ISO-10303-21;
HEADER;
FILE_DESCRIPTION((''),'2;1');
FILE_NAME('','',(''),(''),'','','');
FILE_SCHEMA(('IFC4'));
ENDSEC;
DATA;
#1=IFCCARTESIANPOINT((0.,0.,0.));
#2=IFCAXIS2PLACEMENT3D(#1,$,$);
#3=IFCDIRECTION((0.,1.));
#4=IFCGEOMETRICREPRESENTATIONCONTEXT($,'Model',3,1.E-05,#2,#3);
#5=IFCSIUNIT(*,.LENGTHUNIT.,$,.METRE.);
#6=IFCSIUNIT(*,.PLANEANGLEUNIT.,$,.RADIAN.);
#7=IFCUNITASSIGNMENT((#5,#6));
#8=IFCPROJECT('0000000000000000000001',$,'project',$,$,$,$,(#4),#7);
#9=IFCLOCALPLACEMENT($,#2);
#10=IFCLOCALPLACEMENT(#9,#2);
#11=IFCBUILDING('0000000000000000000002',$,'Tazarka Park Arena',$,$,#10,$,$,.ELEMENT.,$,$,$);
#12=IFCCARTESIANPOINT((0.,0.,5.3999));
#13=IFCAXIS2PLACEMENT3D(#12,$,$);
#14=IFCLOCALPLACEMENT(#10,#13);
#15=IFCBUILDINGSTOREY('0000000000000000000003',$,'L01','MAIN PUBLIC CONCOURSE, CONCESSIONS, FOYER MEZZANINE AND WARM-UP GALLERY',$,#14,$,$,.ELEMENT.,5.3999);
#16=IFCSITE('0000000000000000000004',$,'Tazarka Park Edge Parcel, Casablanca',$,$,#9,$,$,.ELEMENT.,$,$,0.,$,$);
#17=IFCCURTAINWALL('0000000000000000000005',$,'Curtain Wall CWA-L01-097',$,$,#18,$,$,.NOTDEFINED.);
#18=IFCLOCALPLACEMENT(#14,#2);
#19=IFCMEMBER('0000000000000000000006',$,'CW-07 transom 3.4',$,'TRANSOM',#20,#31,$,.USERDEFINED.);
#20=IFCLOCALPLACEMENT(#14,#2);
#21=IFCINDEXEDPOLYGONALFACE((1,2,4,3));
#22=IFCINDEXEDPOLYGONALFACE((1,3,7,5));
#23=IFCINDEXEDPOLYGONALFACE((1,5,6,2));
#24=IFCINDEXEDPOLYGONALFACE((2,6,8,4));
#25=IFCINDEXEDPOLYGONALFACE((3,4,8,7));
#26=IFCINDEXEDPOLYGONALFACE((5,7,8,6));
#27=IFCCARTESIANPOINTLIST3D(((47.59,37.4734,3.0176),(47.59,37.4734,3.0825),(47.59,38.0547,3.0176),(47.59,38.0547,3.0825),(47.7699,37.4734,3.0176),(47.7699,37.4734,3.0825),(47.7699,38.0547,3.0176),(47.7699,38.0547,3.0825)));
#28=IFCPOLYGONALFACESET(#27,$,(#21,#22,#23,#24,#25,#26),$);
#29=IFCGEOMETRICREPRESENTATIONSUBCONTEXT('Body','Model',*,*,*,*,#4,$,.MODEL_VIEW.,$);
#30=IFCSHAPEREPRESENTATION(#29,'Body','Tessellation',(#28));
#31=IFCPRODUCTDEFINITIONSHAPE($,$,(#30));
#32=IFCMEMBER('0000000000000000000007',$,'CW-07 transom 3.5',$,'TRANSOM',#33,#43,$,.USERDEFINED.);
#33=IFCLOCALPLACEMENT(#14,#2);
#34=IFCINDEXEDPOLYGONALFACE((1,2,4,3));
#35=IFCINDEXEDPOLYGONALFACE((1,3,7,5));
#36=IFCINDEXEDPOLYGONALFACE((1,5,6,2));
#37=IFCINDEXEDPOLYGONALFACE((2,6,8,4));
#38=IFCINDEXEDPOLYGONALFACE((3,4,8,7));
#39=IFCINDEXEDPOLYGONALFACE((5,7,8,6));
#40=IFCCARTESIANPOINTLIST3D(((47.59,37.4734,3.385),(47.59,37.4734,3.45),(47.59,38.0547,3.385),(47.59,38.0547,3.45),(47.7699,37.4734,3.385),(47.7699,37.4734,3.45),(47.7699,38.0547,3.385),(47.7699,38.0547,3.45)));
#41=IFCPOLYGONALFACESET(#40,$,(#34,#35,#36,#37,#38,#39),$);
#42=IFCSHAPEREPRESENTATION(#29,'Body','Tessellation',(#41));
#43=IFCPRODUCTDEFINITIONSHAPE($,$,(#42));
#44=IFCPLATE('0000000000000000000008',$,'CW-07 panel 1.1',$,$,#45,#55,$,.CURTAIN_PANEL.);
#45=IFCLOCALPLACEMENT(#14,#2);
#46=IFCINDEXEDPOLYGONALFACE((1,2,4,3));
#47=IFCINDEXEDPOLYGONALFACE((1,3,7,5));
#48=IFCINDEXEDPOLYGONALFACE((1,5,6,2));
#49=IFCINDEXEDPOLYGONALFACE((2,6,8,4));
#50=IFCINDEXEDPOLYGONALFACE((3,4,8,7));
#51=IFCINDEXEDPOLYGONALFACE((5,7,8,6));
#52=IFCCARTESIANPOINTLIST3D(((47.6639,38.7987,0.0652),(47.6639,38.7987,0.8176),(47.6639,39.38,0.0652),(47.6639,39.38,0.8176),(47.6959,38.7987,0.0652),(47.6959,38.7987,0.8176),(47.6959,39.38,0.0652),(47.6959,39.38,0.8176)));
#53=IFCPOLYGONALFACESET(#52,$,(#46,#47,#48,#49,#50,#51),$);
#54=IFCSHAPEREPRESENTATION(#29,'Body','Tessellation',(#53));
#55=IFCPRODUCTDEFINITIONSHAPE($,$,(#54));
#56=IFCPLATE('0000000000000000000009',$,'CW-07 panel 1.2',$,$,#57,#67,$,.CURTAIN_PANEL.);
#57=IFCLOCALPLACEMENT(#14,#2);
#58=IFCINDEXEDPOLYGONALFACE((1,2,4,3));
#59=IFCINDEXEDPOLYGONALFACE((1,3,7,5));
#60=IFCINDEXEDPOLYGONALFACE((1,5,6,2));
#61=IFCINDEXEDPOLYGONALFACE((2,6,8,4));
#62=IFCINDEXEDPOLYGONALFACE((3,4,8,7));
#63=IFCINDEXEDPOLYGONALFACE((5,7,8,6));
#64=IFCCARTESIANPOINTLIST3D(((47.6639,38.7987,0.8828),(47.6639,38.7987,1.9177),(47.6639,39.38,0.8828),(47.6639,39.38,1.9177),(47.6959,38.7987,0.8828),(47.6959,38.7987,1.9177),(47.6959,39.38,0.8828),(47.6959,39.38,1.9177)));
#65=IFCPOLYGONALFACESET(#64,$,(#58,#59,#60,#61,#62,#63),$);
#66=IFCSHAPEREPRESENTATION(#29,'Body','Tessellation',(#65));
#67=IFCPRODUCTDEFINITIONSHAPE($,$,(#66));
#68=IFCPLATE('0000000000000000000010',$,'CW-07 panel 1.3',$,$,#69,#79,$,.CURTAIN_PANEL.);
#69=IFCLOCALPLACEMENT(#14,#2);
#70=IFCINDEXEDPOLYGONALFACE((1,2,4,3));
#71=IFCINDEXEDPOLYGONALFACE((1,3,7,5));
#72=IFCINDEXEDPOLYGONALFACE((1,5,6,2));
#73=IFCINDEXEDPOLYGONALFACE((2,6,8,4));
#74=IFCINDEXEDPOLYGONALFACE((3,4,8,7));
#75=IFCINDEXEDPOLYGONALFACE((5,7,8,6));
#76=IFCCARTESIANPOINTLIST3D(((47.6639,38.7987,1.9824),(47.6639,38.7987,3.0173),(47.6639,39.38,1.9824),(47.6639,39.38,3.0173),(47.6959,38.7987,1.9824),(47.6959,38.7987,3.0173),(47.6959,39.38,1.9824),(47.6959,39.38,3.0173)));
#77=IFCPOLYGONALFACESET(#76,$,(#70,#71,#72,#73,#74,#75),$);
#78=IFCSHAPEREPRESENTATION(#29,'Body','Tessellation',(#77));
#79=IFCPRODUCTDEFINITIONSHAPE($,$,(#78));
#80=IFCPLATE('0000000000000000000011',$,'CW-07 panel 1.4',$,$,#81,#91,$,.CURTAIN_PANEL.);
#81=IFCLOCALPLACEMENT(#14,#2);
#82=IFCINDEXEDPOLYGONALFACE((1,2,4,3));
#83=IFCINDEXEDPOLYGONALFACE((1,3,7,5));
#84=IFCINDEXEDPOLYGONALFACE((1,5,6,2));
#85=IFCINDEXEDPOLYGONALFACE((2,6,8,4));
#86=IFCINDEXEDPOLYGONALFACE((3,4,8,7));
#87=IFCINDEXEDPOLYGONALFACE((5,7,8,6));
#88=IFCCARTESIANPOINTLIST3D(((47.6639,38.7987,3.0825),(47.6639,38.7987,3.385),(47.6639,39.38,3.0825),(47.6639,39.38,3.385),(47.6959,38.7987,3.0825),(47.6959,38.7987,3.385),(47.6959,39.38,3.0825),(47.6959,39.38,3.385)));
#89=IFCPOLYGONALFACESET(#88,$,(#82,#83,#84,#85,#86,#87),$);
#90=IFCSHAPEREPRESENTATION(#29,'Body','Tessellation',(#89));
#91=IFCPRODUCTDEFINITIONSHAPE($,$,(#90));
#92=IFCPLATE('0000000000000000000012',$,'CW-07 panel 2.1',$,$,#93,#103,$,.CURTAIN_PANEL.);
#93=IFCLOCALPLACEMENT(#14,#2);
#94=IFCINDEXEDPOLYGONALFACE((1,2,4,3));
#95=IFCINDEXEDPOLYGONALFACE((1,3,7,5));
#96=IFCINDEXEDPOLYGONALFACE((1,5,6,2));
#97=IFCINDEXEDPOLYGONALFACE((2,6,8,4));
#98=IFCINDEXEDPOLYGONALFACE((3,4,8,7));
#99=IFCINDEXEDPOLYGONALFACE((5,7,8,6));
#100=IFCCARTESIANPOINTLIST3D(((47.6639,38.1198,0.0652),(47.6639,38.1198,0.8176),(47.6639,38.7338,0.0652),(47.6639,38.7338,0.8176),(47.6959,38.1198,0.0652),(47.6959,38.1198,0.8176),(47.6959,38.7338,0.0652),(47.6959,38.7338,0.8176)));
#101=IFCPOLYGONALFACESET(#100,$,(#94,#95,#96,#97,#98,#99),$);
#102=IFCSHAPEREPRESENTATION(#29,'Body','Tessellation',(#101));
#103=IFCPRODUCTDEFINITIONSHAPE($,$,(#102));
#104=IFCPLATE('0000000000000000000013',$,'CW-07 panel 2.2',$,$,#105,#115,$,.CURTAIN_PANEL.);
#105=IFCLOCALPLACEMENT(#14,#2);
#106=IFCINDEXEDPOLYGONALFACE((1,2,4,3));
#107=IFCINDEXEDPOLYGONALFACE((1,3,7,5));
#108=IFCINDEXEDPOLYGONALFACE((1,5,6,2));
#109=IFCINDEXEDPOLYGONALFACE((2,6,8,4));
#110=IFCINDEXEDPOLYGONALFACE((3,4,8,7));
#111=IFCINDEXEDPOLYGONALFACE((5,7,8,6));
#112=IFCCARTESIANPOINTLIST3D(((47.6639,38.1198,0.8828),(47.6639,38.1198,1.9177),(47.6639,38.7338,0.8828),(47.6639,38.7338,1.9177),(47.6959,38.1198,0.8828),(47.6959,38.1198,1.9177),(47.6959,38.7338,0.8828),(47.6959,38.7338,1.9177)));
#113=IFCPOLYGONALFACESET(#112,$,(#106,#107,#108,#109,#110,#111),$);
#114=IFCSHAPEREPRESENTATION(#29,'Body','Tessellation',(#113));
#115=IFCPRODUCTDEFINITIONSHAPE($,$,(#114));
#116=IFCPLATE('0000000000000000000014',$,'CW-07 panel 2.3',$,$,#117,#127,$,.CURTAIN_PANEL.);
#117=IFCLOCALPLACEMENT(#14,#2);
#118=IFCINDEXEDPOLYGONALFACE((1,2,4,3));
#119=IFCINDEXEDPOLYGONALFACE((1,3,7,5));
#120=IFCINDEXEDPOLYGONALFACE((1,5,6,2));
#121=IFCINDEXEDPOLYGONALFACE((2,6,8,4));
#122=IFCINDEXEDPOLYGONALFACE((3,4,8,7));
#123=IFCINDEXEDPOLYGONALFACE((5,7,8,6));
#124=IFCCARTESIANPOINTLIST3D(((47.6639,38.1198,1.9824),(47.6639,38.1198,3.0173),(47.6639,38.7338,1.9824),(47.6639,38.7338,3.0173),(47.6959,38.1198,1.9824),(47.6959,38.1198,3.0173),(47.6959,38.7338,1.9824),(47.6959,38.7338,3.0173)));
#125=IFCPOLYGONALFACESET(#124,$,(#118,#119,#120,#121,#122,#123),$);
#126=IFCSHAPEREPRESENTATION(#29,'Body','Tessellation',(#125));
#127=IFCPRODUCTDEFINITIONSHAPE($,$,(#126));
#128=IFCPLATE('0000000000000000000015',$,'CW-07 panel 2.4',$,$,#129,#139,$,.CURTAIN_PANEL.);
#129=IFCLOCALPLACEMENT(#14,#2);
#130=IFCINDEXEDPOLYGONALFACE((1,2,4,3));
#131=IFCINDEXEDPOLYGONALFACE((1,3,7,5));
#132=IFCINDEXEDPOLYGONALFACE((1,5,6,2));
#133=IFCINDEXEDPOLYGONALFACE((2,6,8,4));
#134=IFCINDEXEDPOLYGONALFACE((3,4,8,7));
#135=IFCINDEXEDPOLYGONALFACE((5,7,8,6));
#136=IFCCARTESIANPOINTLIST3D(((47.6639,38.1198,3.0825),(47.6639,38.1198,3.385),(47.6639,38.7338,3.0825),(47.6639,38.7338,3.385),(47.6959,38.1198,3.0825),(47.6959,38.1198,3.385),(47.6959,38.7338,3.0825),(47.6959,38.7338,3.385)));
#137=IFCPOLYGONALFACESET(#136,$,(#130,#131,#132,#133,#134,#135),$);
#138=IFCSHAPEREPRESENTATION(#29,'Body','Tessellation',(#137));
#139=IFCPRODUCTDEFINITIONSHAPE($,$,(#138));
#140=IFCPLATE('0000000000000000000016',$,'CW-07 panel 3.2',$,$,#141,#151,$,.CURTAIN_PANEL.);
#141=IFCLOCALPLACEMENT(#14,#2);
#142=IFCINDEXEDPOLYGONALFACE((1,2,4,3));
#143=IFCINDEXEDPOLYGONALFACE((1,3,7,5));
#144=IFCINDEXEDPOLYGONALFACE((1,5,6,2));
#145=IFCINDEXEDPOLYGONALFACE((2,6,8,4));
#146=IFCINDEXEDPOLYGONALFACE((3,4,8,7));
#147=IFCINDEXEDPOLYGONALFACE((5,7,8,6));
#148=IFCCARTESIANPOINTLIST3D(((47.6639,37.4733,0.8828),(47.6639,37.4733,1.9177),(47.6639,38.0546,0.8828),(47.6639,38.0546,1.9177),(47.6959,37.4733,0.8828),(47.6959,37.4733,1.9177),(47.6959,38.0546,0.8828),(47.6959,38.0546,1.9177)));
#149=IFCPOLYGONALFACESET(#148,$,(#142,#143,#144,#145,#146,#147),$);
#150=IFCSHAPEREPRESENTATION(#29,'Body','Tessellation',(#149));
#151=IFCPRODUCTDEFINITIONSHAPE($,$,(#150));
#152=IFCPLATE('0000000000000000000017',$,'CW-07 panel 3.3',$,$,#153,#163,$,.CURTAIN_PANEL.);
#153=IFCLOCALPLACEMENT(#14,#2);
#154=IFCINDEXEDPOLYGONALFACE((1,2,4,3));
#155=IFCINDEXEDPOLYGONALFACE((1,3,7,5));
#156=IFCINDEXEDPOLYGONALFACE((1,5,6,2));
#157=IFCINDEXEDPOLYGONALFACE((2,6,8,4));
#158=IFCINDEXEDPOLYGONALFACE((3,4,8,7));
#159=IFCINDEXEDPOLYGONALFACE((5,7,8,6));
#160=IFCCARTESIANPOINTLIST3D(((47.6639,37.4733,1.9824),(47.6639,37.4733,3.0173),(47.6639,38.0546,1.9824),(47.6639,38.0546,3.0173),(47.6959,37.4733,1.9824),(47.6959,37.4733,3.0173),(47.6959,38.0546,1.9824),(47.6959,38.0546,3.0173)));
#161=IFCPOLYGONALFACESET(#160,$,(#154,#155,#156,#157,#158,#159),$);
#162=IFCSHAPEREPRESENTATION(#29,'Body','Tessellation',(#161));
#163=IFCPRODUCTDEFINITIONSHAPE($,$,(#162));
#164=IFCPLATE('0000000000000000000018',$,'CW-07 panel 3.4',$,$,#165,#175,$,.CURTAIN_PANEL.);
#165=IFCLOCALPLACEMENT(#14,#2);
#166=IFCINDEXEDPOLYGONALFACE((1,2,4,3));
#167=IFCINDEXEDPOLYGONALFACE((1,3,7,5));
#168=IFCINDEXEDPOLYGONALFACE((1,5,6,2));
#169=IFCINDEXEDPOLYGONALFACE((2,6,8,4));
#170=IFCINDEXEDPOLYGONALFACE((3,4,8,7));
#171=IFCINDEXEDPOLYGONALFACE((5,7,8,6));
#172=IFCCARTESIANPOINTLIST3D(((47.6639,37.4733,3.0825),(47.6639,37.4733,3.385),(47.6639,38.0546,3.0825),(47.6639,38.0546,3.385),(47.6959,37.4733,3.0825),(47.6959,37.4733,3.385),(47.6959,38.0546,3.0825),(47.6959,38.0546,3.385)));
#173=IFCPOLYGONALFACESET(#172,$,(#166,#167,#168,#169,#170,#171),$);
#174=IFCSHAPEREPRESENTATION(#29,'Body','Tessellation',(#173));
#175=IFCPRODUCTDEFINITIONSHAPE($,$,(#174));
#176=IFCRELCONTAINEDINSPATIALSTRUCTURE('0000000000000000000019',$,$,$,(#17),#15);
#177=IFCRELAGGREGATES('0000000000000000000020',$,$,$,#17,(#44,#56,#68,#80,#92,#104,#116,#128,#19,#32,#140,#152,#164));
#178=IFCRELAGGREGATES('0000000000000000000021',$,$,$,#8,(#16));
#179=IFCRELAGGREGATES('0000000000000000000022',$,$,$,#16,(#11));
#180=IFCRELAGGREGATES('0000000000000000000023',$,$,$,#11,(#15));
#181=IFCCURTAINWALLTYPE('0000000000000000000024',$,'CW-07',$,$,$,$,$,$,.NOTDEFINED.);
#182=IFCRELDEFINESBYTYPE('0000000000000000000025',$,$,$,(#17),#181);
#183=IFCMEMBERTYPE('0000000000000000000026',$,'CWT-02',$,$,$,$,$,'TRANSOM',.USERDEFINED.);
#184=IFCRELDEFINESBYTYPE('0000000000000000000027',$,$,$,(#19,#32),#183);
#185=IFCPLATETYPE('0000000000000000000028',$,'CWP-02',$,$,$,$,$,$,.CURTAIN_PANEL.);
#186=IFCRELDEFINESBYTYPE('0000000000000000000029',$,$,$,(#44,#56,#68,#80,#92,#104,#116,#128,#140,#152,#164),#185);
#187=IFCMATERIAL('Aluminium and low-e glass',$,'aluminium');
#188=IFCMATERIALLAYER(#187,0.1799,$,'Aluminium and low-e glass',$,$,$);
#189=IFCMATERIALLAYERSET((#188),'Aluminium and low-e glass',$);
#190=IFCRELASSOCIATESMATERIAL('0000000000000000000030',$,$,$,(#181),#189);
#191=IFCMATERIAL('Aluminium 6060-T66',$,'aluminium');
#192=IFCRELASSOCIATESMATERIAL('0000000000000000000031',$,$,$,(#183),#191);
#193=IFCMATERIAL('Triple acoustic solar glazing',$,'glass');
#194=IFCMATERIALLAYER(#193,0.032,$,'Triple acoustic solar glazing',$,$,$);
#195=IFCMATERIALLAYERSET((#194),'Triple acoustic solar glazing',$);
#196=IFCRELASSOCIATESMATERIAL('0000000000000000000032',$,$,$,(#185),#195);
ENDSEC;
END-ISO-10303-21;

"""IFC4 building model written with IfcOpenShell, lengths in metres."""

from ifc_helpers import new_model, si_unit, direction, frame, origin, origin_2d, place, context, subcontext, project, spatial, rectangle, extrude, material, layer, layer_set, material_profile, profile_set, type_object, element, aggregate, save


model = new_model("IFC4")

# Units and contexts
model_context = context("Model", 3, precision=1e-05, world=origin(), true_north=direction((0.0, 1.0)))
body_context = subcontext(model_context, "Body", "Model", "MODEL_VIEW")
ifc_project = project(units=[si_unit("LENGTHUNIT", "METRE"), si_unit("PLANEANGLEUNIT", "RADIAN")], contexts=[model_context])

# Site, building, storey
site_placement = place(None, origin())
site = spatial("IfcSite", under=ifc_project, at=site_placement, Name="Tazarka Park Edge Parcel, Casablanca", CompositionType="ELEMENT", RefElevation=0.0)
building_placement = place(site_placement, origin())
building = spatial("IfcBuilding", under=site, at=building_placement, Name="Tazarka Park Arena", CompositionType="ELEMENT")
storey_placement = place(building_placement, frame((0.0, 0.0, 5.3999)))
storey = spatial("IfcBuildingStorey", under=building, at=storey_placement, Name="L01", Description="MAIN PUBLIC CONCOURSE, CONCESSIONS, FOYER MEZZANINE AND WARM-UP GALLERY", CompositionType="ELEMENT", Elevation=5.3999)

# Curtain wall, members, plates
ifc_material_1 = material(Name="Aluminium and low-e glass", Category="aluminium")
ifc_layer_1 = layer(ifc_material_1, 0.1799, Name="Aluminium and low-e glass")
ifc_layer_set_1 = layer_set([ifc_layer_1], Name="Aluminium and low-e glass")
curtain_wall_type = type_object("IfcCurtainWallType", Name="CW-07", PredefinedType="NOTDEFINED", material=ifc_layer_set_1)
curtain_wall_placement = place(storey_placement, origin())
curtain_wall = element("IfcCurtainWall", 1, at=curtain_wall_placement, inside=storey, type_object=curtain_wall_type, Name="Curtain Wall CWA-L01-097", PredefinedType="NOTDEFINED")
ifc_material_2 = material(Name="Aluminium 6060-T66", Category="aluminium")
ifc_material_profile_1 = material_profile(ifc_material_2, rectangle(XDim=0.1799, YDim=0.0649, at=origin_2d()), Name="Aluminium 6060-T66")
ifc_profile_set_1 = profile_set([ifc_material_profile_1], Name="Aluminium 6060-T66")
member_type_1 = type_object("IfcMemberType", Name="CWT-02", ElementType="TRANSOM", PredefinedType="USERDEFINED", material=ifc_profile_set_1)
member_1_placement = place(storey_placement, frame((47.6799, 38.0547, 3.05), z_axis=(0.0, -1.0, 0.0), x_axis=(1.0, 0.0, 0.0)))
member_1 = element("IfcMember", 2, at=member_1_placement, type_object=member_type_1, Name="CW-07 transom 3.4", ObjectType="TRANSOM", PredefinedType="USERDEFINED", context=body_context, shape_type="SweptSolid", body=[
    extrude(rectangle(XDim=0.1799, YDim=0.0649, at=origin_2d()), origin(), (0.0, 0.0, 1.0), 0.5813),
])
member_2_placement = place(storey_placement, frame((47.6799, 38.0547, 3.4175), z_axis=(0.0, -1.0, 0.0), x_axis=(1.0, 0.0, 0.0)))
member_2 = element("IfcMember", 3, at=member_2_placement, type_object=member_type_1, Name="CW-07 transom 3.5", ObjectType="TRANSOM", PredefinedType="USERDEFINED", context=body_context, shape_type="SweptSolid", body=[
    extrude(rectangle(XDim=0.1799, YDim=0.0649, at=origin_2d()), origin(), (0.0, 0.0, 1.0), 0.5813),
])
ifc_material_3 = material(Name="Triple acoustic solar glazing", Category="glass")
ifc_layer_2 = layer(ifc_material_3, 0.032, Name="Triple acoustic solar glazing")
ifc_layer_set_2 = layer_set([ifc_layer_2], Name="Triple acoustic solar glazing")
plate_type = type_object("IfcPlateType", Name="CWP-02", PredefinedType="CURTAIN_PANEL", material=ifc_layer_set_2)
plate_1_placement = place(storey_placement, frame((47.6799, 39.0894, 0.0652), z_axis=(0.0, 0.0, 1.0), x_axis=(0.0, -1.0, 0.0)))
plate_1 = element("IfcPlate", 4, at=plate_1_placement, type_object=plate_type, Name="CW-07 panel 1.1", PredefinedType="CURTAIN_PANEL", context=body_context, shape_type="SweptSolid", body=[
    extrude(rectangle(XDim=0.5813, YDim=0.032, at=origin_2d()), origin(), (0.0, 0.0, 1.0), 0.7524),
])
plate_2_placement = place(storey_placement, frame((47.6799, 39.0894, 0.8828), z_axis=(0.0, 0.0, 1.0), x_axis=(0.0, -1.0, 0.0)))
plate_2 = element("IfcPlate", 5, at=plate_2_placement, type_object=plate_type, Name="CW-07 panel 1.2", PredefinedType="CURTAIN_PANEL", context=body_context, shape_type="SweptSolid", body=[
    extrude(rectangle(XDim=0.5813, YDim=0.032, at=origin_2d()), origin(), (0.0, 0.0, 1.0), 1.0349),
])
plate_3_placement = place(storey_placement, frame((47.6799, 39.0894, 1.9824), z_axis=(0.0, 0.0, 1.0), x_axis=(0.0, -1.0, 0.0)))
plate_3 = element("IfcPlate", 6, at=plate_3_placement, type_object=plate_type, Name="CW-07 panel 1.3", PredefinedType="CURTAIN_PANEL", context=body_context, shape_type="SweptSolid", body=[
    extrude(rectangle(XDim=0.5813, YDim=0.032, at=origin_2d()), origin(), (0.0, 0.0, 1.0), 1.0349),
])
plate_4_placement = place(storey_placement, frame((47.6799, 39.0894, 3.0825), z_axis=(0.0, 0.0, 1.0), x_axis=(0.0, -1.0, 0.0)))
plate_4 = element("IfcPlate", 7, at=plate_4_placement, type_object=plate_type, Name="CW-07 panel 1.4", PredefinedType="CURTAIN_PANEL", context=body_context, shape_type="SweptSolid", body=[
    extrude(rectangle(XDim=0.5813, YDim=0.032, at=origin_2d()), origin(), (0.0, 0.0, 1.0), 0.3025),
])
plate_5_placement = place(storey_placement, frame((47.6799, 38.4268, 0.0652), z_axis=(0.0, 0.0, 1.0), x_axis=(0.0, -1.0, 0.0)))
plate_5 = element("IfcPlate", 8, at=plate_5_placement, type_object=plate_type, Name="CW-07 panel 2.1", PredefinedType="CURTAIN_PANEL", context=body_context, shape_type="SweptSolid", body=[
    extrude(rectangle(XDim=0.614, YDim=0.032, at=origin_2d()), origin(), (0.0, 0.0, 1.0), 0.7524),
])
plate_6_placement = place(storey_placement, frame((47.6799, 38.4268, 0.8828), z_axis=(0.0, 0.0, 1.0), x_axis=(0.0, -1.0, 0.0)))
plate_6 = element("IfcPlate", 9, at=plate_6_placement, type_object=plate_type, Name="CW-07 panel 2.2", PredefinedType="CURTAIN_PANEL", context=body_context, shape_type="SweptSolid", body=[
    extrude(rectangle(XDim=0.614, YDim=0.032, at=origin_2d()), origin(), (0.0, 0.0, 1.0), 1.0349),
])
plate_7_placement = place(storey_placement, frame((47.6799, 38.4268, 1.9824), z_axis=(0.0, 0.0, 1.0), x_axis=(0.0, -1.0, 0.0)))
plate_7 = element("IfcPlate", 10, at=plate_7_placement, type_object=plate_type, Name="CW-07 panel 2.3", PredefinedType="CURTAIN_PANEL", context=body_context, shape_type="SweptSolid", body=[
    extrude(rectangle(XDim=0.614, YDim=0.032, at=origin_2d()), origin(), (0.0, 0.0, 1.0), 1.0349),
])
plate_8_placement = place(storey_placement, frame((47.6799, 38.4268, 3.0825), z_axis=(0.0, 0.0, 1.0), x_axis=(0.0, -1.0, 0.0)))
plate_8 = element("IfcPlate", 11, at=plate_8_placement, type_object=plate_type, Name="CW-07 panel 2.4", PredefinedType="CURTAIN_PANEL", context=body_context, shape_type="SweptSolid", body=[
    extrude(rectangle(XDim=0.614, YDim=0.032, at=origin_2d()), origin(), (0.0, 0.0, 1.0), 0.3025),
])
plate_9_placement = place(storey_placement, frame((47.6799, 37.7639, 0.8828), z_axis=(0.0, 0.0, 1.0), x_axis=(0.0, -1.0, 0.0)))
plate_9 = element("IfcPlate", 12, at=plate_9_placement, type_object=plate_type, Name="CW-07 panel 3.2", PredefinedType="CURTAIN_PANEL", context=body_context, shape_type="SweptSolid", body=[
    extrude(rectangle(XDim=0.5813, YDim=0.032, at=origin_2d()), origin(), (0.0, 0.0, 1.0), 1.0349),
])
plate_10_placement = place(storey_placement, frame((47.6799, 37.7639, 1.9824), z_axis=(0.0, 0.0, 1.0), x_axis=(0.0, -1.0, 0.0)))
plate_10 = element("IfcPlate", 13, at=plate_10_placement, type_object=plate_type, Name="CW-07 panel 3.3", PredefinedType="CURTAIN_PANEL", context=body_context, shape_type="SweptSolid", body=[
    extrude(rectangle(XDim=0.5813, YDim=0.032, at=origin_2d()), origin(), (0.0, 0.0, 1.0), 1.0349),
])
plate_11_placement = place(storey_placement, frame((47.6799, 37.7639, 3.0825), z_axis=(0.0, 0.0, 1.0), x_axis=(0.0, -1.0, 0.0)))
plate_11 = element("IfcPlate", 14, at=plate_11_placement, type_object=plate_type, Name="CW-07 panel 3.4", PredefinedType="CURTAIN_PANEL", context=body_context, shape_type="SweptSolid", body=[
    extrude(rectangle(XDim=0.5813, YDim=0.032, at=origin_2d()), origin(), (0.0, 0.0, 1.0), 0.3025),
])
aggregate(curtain_wall, [plate_1, plate_2, plate_3, plate_4, plate_5, plate_6, plate_7, plate_8, member_1, member_2, plate_9, plate_10, plate_11])

save(model, "model.ifc")
